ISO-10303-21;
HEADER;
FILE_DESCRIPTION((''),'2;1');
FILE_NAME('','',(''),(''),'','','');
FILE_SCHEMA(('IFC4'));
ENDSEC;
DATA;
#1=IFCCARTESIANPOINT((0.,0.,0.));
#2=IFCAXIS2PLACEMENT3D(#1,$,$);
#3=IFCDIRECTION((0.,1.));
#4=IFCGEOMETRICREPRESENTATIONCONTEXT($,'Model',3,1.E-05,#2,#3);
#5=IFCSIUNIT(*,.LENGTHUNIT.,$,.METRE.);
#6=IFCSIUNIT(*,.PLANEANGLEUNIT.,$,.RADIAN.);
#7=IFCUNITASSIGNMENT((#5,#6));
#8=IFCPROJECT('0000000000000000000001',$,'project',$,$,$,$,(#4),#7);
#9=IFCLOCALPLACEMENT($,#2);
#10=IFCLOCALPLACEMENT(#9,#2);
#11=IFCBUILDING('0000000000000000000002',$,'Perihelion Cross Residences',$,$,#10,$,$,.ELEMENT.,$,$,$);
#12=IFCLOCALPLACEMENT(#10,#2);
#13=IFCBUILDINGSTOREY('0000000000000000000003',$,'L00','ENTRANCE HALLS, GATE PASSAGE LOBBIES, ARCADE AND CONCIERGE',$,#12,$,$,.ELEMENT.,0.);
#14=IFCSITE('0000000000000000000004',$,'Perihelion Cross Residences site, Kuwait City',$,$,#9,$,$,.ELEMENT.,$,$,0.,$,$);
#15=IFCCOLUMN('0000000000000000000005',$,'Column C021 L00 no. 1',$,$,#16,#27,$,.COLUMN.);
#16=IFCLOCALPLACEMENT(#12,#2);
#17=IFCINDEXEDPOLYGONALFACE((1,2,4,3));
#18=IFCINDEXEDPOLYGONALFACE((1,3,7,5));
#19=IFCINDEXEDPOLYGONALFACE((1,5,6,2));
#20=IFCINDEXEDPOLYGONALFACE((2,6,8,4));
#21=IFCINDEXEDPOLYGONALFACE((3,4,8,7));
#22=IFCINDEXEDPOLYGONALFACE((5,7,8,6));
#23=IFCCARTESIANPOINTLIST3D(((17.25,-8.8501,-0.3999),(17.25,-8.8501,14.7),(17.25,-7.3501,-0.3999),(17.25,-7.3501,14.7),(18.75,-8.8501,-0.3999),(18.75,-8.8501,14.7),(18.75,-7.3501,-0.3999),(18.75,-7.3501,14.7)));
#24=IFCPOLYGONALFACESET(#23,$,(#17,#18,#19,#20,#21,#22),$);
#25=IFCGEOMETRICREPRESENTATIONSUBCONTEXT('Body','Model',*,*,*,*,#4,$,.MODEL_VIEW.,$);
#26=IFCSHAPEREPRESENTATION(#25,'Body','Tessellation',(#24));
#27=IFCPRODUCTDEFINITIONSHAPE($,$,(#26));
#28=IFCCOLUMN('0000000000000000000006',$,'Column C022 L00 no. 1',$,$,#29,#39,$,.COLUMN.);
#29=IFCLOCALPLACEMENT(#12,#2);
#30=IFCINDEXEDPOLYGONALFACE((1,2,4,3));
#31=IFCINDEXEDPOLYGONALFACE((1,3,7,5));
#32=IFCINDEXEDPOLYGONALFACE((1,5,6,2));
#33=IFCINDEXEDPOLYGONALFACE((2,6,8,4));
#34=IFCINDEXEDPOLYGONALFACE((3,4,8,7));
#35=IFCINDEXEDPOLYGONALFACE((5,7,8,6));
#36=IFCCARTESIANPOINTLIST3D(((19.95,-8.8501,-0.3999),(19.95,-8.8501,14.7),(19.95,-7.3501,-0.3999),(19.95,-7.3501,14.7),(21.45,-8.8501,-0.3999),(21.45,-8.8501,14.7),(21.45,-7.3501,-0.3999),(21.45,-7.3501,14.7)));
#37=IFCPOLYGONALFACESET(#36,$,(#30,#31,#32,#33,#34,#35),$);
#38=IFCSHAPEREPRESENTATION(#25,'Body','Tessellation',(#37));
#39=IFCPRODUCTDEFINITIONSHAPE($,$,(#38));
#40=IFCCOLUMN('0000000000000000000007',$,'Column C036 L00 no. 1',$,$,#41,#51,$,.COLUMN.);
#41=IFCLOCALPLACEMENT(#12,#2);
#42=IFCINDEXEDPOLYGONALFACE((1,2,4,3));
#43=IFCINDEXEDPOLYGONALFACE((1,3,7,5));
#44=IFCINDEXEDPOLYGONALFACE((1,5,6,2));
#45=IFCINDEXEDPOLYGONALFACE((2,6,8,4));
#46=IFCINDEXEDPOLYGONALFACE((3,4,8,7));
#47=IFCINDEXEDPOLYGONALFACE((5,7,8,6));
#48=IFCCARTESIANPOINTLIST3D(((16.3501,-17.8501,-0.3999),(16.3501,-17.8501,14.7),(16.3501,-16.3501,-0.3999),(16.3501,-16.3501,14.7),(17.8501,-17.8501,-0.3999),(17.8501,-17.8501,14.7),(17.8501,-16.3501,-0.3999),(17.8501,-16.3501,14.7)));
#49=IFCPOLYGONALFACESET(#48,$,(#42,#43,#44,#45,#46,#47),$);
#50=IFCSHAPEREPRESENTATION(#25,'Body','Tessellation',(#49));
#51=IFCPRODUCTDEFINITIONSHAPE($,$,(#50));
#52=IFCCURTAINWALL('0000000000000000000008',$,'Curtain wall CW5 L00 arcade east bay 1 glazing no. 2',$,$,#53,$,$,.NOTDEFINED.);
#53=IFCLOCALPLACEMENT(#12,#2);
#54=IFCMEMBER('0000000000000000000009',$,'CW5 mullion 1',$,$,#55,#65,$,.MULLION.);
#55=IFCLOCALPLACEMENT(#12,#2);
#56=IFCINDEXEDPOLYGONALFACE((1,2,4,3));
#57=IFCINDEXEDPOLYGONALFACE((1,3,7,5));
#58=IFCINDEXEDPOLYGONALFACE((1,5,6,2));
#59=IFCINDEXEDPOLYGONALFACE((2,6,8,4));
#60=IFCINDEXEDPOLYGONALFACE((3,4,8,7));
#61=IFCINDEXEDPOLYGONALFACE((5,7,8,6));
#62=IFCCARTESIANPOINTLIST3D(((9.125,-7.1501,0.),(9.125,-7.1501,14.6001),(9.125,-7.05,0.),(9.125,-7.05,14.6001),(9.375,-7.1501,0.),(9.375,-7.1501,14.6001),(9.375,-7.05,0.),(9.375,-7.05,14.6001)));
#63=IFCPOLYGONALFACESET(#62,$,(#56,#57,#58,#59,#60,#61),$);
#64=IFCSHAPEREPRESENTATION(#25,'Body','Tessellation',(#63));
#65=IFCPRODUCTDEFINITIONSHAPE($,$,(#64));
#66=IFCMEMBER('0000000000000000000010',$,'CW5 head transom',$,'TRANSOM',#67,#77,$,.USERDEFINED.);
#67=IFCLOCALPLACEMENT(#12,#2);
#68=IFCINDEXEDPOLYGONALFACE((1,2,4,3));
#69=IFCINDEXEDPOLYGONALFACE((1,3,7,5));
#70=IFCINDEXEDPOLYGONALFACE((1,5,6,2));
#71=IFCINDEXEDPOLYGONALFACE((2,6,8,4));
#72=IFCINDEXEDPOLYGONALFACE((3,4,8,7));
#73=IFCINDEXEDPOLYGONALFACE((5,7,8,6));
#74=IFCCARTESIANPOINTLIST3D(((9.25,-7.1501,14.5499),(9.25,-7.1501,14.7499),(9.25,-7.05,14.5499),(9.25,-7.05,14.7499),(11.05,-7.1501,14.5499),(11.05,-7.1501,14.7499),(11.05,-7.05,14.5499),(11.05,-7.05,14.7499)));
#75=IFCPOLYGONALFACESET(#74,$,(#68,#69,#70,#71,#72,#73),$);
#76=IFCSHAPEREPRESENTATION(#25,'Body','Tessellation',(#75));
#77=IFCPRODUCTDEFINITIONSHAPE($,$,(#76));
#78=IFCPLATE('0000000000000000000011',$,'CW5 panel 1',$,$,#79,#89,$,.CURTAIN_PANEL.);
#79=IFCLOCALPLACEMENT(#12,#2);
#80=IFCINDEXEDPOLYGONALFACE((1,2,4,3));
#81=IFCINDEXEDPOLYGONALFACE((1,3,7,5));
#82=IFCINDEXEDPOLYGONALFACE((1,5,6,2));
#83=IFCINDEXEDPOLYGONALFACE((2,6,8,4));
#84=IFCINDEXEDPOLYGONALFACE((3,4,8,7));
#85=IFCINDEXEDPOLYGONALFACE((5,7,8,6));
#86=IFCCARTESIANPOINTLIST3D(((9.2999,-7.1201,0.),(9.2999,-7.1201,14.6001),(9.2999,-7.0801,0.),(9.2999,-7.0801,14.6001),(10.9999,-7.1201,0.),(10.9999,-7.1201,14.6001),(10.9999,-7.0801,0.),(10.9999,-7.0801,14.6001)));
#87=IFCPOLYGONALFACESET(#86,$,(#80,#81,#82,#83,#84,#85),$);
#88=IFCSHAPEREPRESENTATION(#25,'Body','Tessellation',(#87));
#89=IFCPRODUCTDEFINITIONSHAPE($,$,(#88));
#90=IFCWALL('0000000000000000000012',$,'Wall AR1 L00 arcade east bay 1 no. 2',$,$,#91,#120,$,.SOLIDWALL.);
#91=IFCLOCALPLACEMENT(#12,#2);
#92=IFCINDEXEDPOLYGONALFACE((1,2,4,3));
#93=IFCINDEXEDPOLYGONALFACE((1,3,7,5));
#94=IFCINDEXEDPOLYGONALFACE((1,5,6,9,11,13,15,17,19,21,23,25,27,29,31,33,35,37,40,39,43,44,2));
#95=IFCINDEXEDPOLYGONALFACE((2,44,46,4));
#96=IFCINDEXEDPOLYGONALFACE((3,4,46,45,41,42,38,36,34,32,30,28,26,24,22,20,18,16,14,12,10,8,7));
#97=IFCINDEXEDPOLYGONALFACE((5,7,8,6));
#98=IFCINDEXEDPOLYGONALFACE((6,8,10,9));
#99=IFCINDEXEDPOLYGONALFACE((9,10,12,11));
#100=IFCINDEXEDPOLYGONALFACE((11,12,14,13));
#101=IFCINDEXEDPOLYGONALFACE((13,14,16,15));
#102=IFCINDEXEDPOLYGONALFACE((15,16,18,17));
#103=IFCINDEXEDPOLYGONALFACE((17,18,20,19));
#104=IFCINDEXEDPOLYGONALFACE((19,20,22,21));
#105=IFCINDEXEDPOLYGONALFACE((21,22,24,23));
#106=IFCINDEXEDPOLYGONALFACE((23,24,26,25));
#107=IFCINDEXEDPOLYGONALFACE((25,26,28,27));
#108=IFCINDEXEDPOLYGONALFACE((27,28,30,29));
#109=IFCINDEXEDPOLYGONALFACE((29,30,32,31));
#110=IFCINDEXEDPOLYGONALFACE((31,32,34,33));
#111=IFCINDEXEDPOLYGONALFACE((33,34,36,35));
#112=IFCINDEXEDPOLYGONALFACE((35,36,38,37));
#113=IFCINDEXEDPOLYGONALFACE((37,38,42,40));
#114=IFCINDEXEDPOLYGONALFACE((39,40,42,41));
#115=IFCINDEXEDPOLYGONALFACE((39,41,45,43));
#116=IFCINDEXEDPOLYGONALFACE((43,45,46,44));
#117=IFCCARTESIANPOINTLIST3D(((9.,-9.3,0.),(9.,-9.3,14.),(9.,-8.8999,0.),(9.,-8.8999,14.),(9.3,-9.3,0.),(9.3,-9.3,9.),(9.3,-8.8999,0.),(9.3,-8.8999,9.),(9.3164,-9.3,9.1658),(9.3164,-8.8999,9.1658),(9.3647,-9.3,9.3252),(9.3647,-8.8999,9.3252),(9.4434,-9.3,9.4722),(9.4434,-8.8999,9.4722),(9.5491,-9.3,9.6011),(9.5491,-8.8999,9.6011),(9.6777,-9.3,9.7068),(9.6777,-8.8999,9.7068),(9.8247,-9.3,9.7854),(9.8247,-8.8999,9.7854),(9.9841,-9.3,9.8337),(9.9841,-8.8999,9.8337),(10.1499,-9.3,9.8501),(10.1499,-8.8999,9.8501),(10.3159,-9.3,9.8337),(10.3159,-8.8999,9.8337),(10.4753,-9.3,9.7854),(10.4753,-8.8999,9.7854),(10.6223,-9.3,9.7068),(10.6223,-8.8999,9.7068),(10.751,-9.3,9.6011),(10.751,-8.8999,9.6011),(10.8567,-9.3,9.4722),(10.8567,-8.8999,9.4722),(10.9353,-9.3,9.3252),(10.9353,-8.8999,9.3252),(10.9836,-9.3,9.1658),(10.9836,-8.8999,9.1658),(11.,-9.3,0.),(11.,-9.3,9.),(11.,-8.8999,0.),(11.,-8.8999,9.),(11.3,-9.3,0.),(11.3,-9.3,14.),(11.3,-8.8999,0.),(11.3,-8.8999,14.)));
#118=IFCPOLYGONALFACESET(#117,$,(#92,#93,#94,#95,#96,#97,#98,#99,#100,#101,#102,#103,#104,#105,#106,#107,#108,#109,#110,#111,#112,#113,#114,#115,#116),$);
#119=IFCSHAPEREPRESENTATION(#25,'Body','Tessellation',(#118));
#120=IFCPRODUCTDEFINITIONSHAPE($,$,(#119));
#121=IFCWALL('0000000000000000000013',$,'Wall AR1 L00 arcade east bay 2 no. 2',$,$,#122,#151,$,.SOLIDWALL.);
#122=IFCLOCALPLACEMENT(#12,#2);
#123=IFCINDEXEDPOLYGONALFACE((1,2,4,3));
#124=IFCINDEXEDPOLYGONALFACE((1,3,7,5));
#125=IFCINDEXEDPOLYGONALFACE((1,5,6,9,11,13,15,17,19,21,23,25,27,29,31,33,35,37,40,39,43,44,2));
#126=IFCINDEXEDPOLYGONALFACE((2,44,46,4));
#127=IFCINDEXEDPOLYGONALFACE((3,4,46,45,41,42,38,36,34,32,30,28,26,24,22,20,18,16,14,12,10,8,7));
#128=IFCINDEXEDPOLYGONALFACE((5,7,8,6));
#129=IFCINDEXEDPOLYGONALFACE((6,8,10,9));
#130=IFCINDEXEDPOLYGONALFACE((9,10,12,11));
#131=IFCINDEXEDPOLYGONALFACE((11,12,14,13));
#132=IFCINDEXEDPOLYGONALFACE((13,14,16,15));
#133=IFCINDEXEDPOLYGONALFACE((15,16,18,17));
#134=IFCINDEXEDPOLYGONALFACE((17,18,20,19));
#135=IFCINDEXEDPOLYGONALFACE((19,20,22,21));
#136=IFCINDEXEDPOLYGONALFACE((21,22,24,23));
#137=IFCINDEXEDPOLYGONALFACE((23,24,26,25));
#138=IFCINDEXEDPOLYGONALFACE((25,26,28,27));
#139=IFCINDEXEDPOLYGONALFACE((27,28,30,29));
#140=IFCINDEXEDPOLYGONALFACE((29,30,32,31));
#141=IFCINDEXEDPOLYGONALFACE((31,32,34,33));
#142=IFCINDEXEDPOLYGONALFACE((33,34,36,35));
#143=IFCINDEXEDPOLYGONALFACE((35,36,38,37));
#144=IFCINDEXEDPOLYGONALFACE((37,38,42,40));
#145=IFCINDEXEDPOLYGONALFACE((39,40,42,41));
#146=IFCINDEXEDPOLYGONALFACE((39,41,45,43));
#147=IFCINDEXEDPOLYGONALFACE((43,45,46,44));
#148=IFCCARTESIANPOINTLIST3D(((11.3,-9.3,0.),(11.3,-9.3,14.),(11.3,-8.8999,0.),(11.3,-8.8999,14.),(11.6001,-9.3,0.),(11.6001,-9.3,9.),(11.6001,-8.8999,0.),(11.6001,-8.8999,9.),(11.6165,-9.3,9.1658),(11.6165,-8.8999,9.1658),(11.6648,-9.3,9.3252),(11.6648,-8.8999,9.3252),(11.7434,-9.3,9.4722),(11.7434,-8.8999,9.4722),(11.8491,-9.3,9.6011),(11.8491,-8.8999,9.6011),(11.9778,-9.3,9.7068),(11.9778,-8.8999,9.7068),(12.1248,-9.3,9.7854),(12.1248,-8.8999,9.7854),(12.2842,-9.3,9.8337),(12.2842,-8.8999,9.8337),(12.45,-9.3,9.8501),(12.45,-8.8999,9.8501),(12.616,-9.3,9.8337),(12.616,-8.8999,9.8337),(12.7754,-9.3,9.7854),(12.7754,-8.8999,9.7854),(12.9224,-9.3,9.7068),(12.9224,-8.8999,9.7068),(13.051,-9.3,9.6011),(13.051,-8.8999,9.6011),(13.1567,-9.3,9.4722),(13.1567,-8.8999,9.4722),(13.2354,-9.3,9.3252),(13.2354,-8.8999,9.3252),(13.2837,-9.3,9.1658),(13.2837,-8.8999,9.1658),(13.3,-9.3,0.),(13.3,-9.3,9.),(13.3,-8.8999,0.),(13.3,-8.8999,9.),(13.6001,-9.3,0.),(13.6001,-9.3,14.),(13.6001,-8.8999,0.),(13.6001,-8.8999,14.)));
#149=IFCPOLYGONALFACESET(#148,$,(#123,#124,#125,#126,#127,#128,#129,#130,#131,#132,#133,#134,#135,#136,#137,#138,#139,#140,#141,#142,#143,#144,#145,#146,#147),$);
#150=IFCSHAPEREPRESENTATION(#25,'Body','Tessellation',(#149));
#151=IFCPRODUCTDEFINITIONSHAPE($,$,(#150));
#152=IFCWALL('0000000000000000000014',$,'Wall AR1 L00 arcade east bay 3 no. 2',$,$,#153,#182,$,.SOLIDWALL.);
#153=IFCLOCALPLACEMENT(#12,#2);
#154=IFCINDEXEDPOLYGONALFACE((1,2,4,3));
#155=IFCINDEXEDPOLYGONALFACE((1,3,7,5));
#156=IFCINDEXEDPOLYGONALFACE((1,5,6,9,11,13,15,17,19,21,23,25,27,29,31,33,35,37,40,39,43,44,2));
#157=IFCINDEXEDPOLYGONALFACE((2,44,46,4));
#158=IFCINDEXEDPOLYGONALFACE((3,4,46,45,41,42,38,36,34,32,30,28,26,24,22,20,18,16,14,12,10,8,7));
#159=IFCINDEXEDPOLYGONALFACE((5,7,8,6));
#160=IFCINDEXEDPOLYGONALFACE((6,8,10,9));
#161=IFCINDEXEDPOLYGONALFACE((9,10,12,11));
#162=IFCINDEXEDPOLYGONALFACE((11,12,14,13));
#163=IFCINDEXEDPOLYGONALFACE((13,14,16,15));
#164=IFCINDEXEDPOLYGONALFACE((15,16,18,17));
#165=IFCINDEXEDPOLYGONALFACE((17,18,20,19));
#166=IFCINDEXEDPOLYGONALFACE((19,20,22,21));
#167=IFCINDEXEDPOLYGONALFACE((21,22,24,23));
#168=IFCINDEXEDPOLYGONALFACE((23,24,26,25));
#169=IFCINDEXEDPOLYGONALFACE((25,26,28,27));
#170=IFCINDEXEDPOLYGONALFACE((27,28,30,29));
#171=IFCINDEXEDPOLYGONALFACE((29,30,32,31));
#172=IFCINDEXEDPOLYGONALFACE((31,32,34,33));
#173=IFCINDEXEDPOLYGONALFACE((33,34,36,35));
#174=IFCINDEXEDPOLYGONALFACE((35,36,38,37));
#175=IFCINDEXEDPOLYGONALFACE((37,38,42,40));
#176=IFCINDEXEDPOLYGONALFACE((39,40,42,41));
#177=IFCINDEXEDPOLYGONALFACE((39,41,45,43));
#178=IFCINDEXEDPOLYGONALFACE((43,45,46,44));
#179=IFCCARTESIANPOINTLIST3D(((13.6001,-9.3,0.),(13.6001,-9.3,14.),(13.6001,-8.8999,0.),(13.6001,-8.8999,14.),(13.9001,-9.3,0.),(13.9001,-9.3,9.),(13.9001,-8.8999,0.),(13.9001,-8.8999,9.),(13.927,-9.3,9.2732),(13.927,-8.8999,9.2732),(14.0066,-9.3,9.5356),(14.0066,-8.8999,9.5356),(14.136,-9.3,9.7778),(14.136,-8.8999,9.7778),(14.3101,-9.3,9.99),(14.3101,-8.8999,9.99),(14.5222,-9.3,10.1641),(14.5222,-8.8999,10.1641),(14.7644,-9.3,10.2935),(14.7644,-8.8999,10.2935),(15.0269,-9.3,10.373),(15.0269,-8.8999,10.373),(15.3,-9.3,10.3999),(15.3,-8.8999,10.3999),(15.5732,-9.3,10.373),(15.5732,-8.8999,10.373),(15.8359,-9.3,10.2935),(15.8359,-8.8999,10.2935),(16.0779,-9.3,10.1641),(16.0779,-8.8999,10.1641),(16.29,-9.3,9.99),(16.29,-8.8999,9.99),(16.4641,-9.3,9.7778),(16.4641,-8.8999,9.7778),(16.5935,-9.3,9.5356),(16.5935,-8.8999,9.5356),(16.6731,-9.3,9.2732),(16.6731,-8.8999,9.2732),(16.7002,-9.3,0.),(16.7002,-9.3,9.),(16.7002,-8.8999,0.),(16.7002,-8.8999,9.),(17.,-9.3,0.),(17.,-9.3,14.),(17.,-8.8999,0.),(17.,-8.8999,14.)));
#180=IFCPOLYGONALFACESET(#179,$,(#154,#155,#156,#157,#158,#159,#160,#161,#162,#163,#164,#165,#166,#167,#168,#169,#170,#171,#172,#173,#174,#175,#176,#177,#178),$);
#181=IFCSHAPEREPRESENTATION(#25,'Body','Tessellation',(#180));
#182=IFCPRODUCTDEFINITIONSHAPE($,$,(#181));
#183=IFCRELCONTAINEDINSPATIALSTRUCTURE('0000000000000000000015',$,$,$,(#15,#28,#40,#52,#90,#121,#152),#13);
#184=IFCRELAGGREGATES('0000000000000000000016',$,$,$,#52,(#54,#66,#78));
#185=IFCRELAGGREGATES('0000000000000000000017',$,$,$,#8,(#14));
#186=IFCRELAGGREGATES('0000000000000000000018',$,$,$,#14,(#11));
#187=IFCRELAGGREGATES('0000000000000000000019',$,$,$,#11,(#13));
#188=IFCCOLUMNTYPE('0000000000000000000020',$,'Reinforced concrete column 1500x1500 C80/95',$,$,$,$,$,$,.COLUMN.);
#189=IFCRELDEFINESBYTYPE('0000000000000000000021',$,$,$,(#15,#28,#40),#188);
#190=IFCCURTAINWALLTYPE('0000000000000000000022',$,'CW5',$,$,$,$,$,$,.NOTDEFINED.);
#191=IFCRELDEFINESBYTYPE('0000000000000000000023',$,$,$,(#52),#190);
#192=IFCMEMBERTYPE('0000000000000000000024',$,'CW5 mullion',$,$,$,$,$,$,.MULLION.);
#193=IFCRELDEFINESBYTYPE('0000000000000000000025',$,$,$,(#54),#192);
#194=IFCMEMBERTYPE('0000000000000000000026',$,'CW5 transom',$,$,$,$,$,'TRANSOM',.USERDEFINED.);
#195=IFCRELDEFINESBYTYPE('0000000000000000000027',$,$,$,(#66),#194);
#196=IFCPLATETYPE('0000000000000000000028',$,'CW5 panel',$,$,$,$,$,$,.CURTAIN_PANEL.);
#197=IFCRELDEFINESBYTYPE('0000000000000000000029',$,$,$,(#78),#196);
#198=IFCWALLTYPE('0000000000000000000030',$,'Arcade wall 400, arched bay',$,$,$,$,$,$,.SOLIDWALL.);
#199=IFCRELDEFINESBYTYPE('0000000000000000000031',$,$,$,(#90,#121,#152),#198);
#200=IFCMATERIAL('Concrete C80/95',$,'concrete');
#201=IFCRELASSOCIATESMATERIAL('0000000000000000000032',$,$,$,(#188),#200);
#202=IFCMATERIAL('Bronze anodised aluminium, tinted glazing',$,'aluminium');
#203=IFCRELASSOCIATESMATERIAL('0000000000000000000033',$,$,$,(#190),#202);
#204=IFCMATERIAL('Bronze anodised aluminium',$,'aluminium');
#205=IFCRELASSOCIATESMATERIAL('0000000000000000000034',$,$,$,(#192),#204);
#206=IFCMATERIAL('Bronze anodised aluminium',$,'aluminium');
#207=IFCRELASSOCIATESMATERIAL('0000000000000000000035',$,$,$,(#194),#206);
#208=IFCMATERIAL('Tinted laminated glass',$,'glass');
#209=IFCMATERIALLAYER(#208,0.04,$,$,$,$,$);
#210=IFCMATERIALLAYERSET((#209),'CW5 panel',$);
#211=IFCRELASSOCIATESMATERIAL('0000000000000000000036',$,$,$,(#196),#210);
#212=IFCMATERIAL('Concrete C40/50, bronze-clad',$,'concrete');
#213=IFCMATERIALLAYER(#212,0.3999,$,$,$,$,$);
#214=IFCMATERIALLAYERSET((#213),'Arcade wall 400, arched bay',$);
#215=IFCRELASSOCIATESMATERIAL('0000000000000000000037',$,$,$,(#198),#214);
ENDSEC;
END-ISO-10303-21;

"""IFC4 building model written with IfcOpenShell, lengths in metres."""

from ifc_helpers import new_model, si_unit, direction, frame, origin, origin_2d, place, context, subcontext, project, spatial, polyline, rectangle, outline, extrude, material, layer, layer_set, material_profile, profile_set, type_object, element, aggregate, save


model = new_model("IFC4")

# Units and contexts
model_context = context("Model", 3, precision=1e-05, world=origin(), true_north=direction((0.0, 1.0)))
body_context = subcontext(model_context, "Body", "Model", "MODEL_VIEW")
ifc_project = project(units=[si_unit("LENGTHUNIT", "METRE"), si_unit("PLANEANGLEUNIT", "RADIAN")], contexts=[model_context])

# Site, building, storey
site_placement = place(None, origin())
site = spatial("IfcSite", under=ifc_project, at=site_placement, Name="Perihelion Cross Residences site, Kuwait City", CompositionType="ELEMENT", RefElevation=0.0)
building_placement = place(site_placement, origin())
building = spatial("IfcBuilding", under=site, at=building_placement, Name="Perihelion Cross Residences", CompositionType="ELEMENT")
storey_placement = place(building_placement, origin())
storey = spatial("IfcBuildingStorey", under=building, at=storey_placement, Name="L00", Description="ENTRANCE HALLS, GATE PASSAGE LOBBIES, ARCADE AND CONCIERGE", CompositionType="ELEMENT", Elevation=0.0)

# Columns
ifc_material_1 = material(Name="Concrete C80/95", Category="concrete")
ifc_material_profile_1 = material_profile(ifc_material_1, rectangle(XDim=1.5, YDim=1.5, at=origin_2d()), Name="RC 1500x1500")
ifc_profile_set_1 = profile_set([ifc_material_profile_1], Name="Concrete C80/95")
column_type = type_object("IfcColumnType", Name="Reinforced concrete column 1500x1500 C80/95", PredefinedType="COLUMN", material=ifc_profile_set_1)
for number, where, z_axis, x_axis, name in (
    (1, (18.0, -8.1001, -0.3999), (0.0, 0.0, 1.0), (1.0, 0.0, 0.0), "Column C021 L00 no. 1"),
    (2, (20.7, -8.1001, -0.3999), (0.0, 0.0, 1.0), (1.0, 0.0, 0.0), "Column C022 L00 no. 1"),
    (3, (17.1001, -17.1001, -0.3999), (0.0, 0.0, 1.0), (1.0, 0.0, 0.0), "Column C036 L00 no. 1"),
):
    element("IfcColumn", number, at=place(storey_placement, frame(where, z_axis=z_axis, x_axis=x_axis)), inside=storey, type_object=column_type, Name=name, PredefinedType="COLUMN", context=body_context, shape_type="SweptSolid", body=[
        extrude(rectangle(XDim=1.5, YDim=1.5, at=origin_2d()), origin(), (0.0, 0.0, 1.0), 15.0999),
    ])

# Curtain wall, members, plate
ifc_material_2 = material(Name="Bronze anodised aluminium, tinted glazing", Category="aluminium")
curtain_wall_type = type_object("IfcCurtainWallType", Name="CW5", PredefinedType="NOTDEFINED", material=ifc_material_2)
curtain_wall_placement = place(storey_placement, origin())
curtain_wall = element("IfcCurtainWall", 4, at=curtain_wall_placement, inside=storey, type_object=curtain_wall_type, Name="Curtain wall CW5 L00 arcade east bay 1 glazing no. 2", PredefinedType="NOTDEFINED")
ifc_material_3 = material(Name="Bronze anodised aluminium", Category="aluminium")
ifc_material_profile_2 = material_profile(ifc_material_3, rectangle(XDim=0.1001, YDim=0.25, at=origin_2d()), Name="CW5 mullion")
ifc_profile_set_2 = profile_set([ifc_material_profile_2], Name="Bronze anodised aluminium")
member_type_1 = type_object("IfcMemberType", Name="CW5 mullion", PredefinedType="MULLION", material=ifc_profile_set_2)
member_1_placement = place(storey_placement, frame((9.25, -7.1001, 0.0), z_axis=(0.0, 0.0, 1.0), x_axis=(0.0, 1.0, 0.0)))
member_1 = element("IfcMember", 5, at=member_1_placement, type_object=member_type_1, Name="CW5 mullion 1", PredefinedType="MULLION", context=body_context, shape_type="SweptSolid", body=[
    extrude(rectangle(XDim=0.1001, YDim=0.25, at=origin_2d()), origin(), (0.0, 0.0, 1.0), 14.6001),
])
ifc_material_4 = material(Name="Bronze anodised aluminium", Category="aluminium")
ifc_material_profile_3 = material_profile(ifc_material_4, rectangle(XDim=0.1001, YDim=0.2, at=origin_2d()), Name="CW5 transom")
ifc_profile_set_3 = profile_set([ifc_material_profile_3], Name="Bronze anodised aluminium")
member_type_2 = type_object("IfcMemberType", Name="CW5 transom", ElementType="TRANSOM", PredefinedType="USERDEFINED", material=ifc_profile_set_3)
member_2_placement = place(storey_placement, frame((9.25, -7.1001, 14.6499), z_axis=(1.0, 0.0, 0.0), x_axis=(0.0, 1.0, 0.0)))
member_2 = element("IfcMember", 6, at=member_2_placement, type_object=member_type_2, Name="CW5 head transom", ObjectType="TRANSOM", PredefinedType="USERDEFINED", context=body_context, shape_type="SweptSolid", body=[
    extrude(rectangle(XDim=0.1001, YDim=0.2, at=origin_2d()), origin(), (0.0, 0.0, 1.0), 1.8),
])
ifc_material_5 = material(Name="Tinted laminated glass", Category="glass")
ifc_layer_1 = layer(ifc_material_5, 0.04)
ifc_layer_set_1 = layer_set([ifc_layer_1], Name="CW5 panel")
plate_type = type_object("IfcPlateType", Name="CW5 panel", PredefinedType="CURTAIN_PANEL", material=ifc_layer_set_1)
plate_placement = place(storey_placement, frame((10.1499, -7.1001, 0.0), z_axis=(0.0, 0.0, 1.0), x_axis=(1.0, 0.0, 0.0)))
plate = element("IfcPlate", 7, at=plate_placement, type_object=plate_type, Name="CW5 panel 1", PredefinedType="CURTAIN_PANEL", context=body_context, shape_type="SweptSolid", body=[
    extrude(rectangle(XDim=1.7, YDim=0.04, at=origin_2d()), origin(), (0.0, 0.0, 1.0), 14.6001),
])
aggregate(curtain_wall, [member_1, member_2, plate])

# Walls
ifc_material_6 = material(Name="Concrete C40/50, bronze-clad", Category="concrete")
ifc_layer_2 = layer(ifc_material_6, 0.3999)
ifc_layer_set_2 = layer_set([ifc_layer_2], Name="Arcade wall 400, arched bay")
wall_type_1 = type_object("IfcWallType", Name="Arcade wall 400, arched bay", PredefinedType="SOLIDWALL", material=ifc_layer_set_2)
for number, where, z_axis, x_axis, name in (
    (8, (9.0, -8.8999, 0.0), (0.0, -1.0, 0.0), (1.0, 0.0, 0.0), "Wall AR1 L00 arcade east bay 1 no. 2"),
    (9, (11.3, -8.8999, 0.0), (0.0, -1.0, 0.0), (1.0, 0.0, 0.0), "Wall AR1 L00 arcade east bay 2 no. 2"),
):
    element("IfcWall", number, at=place(storey_placement, frame(where, z_axis=z_axis, x_axis=x_axis)), inside=storey, type_object=wall_type_1, Name=name, PredefinedType="SOLIDWALL", context=body_context, shape_type="SweptSolid", body=[
        extrude(outline(polyline([(0.0, 0.0), (0.3, 0.0), (0.3, 9.0), (0.3164, 9.1658), (0.3647, 9.3252), (0.4434, 9.4722), (0.5491, 9.6011), (0.6777, 9.7068), (0.8247, 9.7854), (0.9841, 9.8337), (1.1499, 9.8501), (1.3159, 9.8337), (1.4753, 9.7854), (1.6223, 9.7068), (1.751, 9.6011), (1.8567, 9.4722), (1.9353, 9.3252), (1.9836, 9.1658), (2.0, 9.0), (2.0, 0.0), (2.3, 0.0), (2.3, 14.0), (0.0, 14.0), (0.0, 0.0)])), origin(), (0.0, 0.0, 1.0), 0.4001),
    ])
wall_1_placement = place(storey_placement, frame((13.6001, -8.8999, 0.0), z_axis=(0.0, -1.0, 0.0), x_axis=(1.0, 0.0, 0.0)))
element("IfcWall", 10, at=wall_1_placement, inside=storey, type_object=wall_type_1, Name="Wall AR1 L00 arcade east bay 3 no. 2", PredefinedType="SOLIDWALL", context=body_context, shape_type="SweptSolid", body=[
    extrude(outline(polyline([(0.0, 0.0), (0.3, 0.0), (0.3, 9.0), (0.3269, 9.2732), (0.4065, 9.5356), (0.5359, 9.7778), (0.71, 9.99), (0.9221, 10.1641), (1.1643, 10.2935), (1.4268, 10.373), (1.7, 10.3999), (1.9731, 10.373), (2.2358, 10.2935), (2.4778, 10.1641), (2.6899, 9.99), (2.864, 9.7778), (2.9934, 9.5356), (3.073, 9.2732), (3.1001, 9.0), (3.1001, 0.0), (3.3999, 0.0), (3.3999, 14.0), (0.0, 14.0), (0.0, 0.0)])), origin(), (0.0, 0.0, 1.0), 0.4001),
])

save(model, "model.ifc")
